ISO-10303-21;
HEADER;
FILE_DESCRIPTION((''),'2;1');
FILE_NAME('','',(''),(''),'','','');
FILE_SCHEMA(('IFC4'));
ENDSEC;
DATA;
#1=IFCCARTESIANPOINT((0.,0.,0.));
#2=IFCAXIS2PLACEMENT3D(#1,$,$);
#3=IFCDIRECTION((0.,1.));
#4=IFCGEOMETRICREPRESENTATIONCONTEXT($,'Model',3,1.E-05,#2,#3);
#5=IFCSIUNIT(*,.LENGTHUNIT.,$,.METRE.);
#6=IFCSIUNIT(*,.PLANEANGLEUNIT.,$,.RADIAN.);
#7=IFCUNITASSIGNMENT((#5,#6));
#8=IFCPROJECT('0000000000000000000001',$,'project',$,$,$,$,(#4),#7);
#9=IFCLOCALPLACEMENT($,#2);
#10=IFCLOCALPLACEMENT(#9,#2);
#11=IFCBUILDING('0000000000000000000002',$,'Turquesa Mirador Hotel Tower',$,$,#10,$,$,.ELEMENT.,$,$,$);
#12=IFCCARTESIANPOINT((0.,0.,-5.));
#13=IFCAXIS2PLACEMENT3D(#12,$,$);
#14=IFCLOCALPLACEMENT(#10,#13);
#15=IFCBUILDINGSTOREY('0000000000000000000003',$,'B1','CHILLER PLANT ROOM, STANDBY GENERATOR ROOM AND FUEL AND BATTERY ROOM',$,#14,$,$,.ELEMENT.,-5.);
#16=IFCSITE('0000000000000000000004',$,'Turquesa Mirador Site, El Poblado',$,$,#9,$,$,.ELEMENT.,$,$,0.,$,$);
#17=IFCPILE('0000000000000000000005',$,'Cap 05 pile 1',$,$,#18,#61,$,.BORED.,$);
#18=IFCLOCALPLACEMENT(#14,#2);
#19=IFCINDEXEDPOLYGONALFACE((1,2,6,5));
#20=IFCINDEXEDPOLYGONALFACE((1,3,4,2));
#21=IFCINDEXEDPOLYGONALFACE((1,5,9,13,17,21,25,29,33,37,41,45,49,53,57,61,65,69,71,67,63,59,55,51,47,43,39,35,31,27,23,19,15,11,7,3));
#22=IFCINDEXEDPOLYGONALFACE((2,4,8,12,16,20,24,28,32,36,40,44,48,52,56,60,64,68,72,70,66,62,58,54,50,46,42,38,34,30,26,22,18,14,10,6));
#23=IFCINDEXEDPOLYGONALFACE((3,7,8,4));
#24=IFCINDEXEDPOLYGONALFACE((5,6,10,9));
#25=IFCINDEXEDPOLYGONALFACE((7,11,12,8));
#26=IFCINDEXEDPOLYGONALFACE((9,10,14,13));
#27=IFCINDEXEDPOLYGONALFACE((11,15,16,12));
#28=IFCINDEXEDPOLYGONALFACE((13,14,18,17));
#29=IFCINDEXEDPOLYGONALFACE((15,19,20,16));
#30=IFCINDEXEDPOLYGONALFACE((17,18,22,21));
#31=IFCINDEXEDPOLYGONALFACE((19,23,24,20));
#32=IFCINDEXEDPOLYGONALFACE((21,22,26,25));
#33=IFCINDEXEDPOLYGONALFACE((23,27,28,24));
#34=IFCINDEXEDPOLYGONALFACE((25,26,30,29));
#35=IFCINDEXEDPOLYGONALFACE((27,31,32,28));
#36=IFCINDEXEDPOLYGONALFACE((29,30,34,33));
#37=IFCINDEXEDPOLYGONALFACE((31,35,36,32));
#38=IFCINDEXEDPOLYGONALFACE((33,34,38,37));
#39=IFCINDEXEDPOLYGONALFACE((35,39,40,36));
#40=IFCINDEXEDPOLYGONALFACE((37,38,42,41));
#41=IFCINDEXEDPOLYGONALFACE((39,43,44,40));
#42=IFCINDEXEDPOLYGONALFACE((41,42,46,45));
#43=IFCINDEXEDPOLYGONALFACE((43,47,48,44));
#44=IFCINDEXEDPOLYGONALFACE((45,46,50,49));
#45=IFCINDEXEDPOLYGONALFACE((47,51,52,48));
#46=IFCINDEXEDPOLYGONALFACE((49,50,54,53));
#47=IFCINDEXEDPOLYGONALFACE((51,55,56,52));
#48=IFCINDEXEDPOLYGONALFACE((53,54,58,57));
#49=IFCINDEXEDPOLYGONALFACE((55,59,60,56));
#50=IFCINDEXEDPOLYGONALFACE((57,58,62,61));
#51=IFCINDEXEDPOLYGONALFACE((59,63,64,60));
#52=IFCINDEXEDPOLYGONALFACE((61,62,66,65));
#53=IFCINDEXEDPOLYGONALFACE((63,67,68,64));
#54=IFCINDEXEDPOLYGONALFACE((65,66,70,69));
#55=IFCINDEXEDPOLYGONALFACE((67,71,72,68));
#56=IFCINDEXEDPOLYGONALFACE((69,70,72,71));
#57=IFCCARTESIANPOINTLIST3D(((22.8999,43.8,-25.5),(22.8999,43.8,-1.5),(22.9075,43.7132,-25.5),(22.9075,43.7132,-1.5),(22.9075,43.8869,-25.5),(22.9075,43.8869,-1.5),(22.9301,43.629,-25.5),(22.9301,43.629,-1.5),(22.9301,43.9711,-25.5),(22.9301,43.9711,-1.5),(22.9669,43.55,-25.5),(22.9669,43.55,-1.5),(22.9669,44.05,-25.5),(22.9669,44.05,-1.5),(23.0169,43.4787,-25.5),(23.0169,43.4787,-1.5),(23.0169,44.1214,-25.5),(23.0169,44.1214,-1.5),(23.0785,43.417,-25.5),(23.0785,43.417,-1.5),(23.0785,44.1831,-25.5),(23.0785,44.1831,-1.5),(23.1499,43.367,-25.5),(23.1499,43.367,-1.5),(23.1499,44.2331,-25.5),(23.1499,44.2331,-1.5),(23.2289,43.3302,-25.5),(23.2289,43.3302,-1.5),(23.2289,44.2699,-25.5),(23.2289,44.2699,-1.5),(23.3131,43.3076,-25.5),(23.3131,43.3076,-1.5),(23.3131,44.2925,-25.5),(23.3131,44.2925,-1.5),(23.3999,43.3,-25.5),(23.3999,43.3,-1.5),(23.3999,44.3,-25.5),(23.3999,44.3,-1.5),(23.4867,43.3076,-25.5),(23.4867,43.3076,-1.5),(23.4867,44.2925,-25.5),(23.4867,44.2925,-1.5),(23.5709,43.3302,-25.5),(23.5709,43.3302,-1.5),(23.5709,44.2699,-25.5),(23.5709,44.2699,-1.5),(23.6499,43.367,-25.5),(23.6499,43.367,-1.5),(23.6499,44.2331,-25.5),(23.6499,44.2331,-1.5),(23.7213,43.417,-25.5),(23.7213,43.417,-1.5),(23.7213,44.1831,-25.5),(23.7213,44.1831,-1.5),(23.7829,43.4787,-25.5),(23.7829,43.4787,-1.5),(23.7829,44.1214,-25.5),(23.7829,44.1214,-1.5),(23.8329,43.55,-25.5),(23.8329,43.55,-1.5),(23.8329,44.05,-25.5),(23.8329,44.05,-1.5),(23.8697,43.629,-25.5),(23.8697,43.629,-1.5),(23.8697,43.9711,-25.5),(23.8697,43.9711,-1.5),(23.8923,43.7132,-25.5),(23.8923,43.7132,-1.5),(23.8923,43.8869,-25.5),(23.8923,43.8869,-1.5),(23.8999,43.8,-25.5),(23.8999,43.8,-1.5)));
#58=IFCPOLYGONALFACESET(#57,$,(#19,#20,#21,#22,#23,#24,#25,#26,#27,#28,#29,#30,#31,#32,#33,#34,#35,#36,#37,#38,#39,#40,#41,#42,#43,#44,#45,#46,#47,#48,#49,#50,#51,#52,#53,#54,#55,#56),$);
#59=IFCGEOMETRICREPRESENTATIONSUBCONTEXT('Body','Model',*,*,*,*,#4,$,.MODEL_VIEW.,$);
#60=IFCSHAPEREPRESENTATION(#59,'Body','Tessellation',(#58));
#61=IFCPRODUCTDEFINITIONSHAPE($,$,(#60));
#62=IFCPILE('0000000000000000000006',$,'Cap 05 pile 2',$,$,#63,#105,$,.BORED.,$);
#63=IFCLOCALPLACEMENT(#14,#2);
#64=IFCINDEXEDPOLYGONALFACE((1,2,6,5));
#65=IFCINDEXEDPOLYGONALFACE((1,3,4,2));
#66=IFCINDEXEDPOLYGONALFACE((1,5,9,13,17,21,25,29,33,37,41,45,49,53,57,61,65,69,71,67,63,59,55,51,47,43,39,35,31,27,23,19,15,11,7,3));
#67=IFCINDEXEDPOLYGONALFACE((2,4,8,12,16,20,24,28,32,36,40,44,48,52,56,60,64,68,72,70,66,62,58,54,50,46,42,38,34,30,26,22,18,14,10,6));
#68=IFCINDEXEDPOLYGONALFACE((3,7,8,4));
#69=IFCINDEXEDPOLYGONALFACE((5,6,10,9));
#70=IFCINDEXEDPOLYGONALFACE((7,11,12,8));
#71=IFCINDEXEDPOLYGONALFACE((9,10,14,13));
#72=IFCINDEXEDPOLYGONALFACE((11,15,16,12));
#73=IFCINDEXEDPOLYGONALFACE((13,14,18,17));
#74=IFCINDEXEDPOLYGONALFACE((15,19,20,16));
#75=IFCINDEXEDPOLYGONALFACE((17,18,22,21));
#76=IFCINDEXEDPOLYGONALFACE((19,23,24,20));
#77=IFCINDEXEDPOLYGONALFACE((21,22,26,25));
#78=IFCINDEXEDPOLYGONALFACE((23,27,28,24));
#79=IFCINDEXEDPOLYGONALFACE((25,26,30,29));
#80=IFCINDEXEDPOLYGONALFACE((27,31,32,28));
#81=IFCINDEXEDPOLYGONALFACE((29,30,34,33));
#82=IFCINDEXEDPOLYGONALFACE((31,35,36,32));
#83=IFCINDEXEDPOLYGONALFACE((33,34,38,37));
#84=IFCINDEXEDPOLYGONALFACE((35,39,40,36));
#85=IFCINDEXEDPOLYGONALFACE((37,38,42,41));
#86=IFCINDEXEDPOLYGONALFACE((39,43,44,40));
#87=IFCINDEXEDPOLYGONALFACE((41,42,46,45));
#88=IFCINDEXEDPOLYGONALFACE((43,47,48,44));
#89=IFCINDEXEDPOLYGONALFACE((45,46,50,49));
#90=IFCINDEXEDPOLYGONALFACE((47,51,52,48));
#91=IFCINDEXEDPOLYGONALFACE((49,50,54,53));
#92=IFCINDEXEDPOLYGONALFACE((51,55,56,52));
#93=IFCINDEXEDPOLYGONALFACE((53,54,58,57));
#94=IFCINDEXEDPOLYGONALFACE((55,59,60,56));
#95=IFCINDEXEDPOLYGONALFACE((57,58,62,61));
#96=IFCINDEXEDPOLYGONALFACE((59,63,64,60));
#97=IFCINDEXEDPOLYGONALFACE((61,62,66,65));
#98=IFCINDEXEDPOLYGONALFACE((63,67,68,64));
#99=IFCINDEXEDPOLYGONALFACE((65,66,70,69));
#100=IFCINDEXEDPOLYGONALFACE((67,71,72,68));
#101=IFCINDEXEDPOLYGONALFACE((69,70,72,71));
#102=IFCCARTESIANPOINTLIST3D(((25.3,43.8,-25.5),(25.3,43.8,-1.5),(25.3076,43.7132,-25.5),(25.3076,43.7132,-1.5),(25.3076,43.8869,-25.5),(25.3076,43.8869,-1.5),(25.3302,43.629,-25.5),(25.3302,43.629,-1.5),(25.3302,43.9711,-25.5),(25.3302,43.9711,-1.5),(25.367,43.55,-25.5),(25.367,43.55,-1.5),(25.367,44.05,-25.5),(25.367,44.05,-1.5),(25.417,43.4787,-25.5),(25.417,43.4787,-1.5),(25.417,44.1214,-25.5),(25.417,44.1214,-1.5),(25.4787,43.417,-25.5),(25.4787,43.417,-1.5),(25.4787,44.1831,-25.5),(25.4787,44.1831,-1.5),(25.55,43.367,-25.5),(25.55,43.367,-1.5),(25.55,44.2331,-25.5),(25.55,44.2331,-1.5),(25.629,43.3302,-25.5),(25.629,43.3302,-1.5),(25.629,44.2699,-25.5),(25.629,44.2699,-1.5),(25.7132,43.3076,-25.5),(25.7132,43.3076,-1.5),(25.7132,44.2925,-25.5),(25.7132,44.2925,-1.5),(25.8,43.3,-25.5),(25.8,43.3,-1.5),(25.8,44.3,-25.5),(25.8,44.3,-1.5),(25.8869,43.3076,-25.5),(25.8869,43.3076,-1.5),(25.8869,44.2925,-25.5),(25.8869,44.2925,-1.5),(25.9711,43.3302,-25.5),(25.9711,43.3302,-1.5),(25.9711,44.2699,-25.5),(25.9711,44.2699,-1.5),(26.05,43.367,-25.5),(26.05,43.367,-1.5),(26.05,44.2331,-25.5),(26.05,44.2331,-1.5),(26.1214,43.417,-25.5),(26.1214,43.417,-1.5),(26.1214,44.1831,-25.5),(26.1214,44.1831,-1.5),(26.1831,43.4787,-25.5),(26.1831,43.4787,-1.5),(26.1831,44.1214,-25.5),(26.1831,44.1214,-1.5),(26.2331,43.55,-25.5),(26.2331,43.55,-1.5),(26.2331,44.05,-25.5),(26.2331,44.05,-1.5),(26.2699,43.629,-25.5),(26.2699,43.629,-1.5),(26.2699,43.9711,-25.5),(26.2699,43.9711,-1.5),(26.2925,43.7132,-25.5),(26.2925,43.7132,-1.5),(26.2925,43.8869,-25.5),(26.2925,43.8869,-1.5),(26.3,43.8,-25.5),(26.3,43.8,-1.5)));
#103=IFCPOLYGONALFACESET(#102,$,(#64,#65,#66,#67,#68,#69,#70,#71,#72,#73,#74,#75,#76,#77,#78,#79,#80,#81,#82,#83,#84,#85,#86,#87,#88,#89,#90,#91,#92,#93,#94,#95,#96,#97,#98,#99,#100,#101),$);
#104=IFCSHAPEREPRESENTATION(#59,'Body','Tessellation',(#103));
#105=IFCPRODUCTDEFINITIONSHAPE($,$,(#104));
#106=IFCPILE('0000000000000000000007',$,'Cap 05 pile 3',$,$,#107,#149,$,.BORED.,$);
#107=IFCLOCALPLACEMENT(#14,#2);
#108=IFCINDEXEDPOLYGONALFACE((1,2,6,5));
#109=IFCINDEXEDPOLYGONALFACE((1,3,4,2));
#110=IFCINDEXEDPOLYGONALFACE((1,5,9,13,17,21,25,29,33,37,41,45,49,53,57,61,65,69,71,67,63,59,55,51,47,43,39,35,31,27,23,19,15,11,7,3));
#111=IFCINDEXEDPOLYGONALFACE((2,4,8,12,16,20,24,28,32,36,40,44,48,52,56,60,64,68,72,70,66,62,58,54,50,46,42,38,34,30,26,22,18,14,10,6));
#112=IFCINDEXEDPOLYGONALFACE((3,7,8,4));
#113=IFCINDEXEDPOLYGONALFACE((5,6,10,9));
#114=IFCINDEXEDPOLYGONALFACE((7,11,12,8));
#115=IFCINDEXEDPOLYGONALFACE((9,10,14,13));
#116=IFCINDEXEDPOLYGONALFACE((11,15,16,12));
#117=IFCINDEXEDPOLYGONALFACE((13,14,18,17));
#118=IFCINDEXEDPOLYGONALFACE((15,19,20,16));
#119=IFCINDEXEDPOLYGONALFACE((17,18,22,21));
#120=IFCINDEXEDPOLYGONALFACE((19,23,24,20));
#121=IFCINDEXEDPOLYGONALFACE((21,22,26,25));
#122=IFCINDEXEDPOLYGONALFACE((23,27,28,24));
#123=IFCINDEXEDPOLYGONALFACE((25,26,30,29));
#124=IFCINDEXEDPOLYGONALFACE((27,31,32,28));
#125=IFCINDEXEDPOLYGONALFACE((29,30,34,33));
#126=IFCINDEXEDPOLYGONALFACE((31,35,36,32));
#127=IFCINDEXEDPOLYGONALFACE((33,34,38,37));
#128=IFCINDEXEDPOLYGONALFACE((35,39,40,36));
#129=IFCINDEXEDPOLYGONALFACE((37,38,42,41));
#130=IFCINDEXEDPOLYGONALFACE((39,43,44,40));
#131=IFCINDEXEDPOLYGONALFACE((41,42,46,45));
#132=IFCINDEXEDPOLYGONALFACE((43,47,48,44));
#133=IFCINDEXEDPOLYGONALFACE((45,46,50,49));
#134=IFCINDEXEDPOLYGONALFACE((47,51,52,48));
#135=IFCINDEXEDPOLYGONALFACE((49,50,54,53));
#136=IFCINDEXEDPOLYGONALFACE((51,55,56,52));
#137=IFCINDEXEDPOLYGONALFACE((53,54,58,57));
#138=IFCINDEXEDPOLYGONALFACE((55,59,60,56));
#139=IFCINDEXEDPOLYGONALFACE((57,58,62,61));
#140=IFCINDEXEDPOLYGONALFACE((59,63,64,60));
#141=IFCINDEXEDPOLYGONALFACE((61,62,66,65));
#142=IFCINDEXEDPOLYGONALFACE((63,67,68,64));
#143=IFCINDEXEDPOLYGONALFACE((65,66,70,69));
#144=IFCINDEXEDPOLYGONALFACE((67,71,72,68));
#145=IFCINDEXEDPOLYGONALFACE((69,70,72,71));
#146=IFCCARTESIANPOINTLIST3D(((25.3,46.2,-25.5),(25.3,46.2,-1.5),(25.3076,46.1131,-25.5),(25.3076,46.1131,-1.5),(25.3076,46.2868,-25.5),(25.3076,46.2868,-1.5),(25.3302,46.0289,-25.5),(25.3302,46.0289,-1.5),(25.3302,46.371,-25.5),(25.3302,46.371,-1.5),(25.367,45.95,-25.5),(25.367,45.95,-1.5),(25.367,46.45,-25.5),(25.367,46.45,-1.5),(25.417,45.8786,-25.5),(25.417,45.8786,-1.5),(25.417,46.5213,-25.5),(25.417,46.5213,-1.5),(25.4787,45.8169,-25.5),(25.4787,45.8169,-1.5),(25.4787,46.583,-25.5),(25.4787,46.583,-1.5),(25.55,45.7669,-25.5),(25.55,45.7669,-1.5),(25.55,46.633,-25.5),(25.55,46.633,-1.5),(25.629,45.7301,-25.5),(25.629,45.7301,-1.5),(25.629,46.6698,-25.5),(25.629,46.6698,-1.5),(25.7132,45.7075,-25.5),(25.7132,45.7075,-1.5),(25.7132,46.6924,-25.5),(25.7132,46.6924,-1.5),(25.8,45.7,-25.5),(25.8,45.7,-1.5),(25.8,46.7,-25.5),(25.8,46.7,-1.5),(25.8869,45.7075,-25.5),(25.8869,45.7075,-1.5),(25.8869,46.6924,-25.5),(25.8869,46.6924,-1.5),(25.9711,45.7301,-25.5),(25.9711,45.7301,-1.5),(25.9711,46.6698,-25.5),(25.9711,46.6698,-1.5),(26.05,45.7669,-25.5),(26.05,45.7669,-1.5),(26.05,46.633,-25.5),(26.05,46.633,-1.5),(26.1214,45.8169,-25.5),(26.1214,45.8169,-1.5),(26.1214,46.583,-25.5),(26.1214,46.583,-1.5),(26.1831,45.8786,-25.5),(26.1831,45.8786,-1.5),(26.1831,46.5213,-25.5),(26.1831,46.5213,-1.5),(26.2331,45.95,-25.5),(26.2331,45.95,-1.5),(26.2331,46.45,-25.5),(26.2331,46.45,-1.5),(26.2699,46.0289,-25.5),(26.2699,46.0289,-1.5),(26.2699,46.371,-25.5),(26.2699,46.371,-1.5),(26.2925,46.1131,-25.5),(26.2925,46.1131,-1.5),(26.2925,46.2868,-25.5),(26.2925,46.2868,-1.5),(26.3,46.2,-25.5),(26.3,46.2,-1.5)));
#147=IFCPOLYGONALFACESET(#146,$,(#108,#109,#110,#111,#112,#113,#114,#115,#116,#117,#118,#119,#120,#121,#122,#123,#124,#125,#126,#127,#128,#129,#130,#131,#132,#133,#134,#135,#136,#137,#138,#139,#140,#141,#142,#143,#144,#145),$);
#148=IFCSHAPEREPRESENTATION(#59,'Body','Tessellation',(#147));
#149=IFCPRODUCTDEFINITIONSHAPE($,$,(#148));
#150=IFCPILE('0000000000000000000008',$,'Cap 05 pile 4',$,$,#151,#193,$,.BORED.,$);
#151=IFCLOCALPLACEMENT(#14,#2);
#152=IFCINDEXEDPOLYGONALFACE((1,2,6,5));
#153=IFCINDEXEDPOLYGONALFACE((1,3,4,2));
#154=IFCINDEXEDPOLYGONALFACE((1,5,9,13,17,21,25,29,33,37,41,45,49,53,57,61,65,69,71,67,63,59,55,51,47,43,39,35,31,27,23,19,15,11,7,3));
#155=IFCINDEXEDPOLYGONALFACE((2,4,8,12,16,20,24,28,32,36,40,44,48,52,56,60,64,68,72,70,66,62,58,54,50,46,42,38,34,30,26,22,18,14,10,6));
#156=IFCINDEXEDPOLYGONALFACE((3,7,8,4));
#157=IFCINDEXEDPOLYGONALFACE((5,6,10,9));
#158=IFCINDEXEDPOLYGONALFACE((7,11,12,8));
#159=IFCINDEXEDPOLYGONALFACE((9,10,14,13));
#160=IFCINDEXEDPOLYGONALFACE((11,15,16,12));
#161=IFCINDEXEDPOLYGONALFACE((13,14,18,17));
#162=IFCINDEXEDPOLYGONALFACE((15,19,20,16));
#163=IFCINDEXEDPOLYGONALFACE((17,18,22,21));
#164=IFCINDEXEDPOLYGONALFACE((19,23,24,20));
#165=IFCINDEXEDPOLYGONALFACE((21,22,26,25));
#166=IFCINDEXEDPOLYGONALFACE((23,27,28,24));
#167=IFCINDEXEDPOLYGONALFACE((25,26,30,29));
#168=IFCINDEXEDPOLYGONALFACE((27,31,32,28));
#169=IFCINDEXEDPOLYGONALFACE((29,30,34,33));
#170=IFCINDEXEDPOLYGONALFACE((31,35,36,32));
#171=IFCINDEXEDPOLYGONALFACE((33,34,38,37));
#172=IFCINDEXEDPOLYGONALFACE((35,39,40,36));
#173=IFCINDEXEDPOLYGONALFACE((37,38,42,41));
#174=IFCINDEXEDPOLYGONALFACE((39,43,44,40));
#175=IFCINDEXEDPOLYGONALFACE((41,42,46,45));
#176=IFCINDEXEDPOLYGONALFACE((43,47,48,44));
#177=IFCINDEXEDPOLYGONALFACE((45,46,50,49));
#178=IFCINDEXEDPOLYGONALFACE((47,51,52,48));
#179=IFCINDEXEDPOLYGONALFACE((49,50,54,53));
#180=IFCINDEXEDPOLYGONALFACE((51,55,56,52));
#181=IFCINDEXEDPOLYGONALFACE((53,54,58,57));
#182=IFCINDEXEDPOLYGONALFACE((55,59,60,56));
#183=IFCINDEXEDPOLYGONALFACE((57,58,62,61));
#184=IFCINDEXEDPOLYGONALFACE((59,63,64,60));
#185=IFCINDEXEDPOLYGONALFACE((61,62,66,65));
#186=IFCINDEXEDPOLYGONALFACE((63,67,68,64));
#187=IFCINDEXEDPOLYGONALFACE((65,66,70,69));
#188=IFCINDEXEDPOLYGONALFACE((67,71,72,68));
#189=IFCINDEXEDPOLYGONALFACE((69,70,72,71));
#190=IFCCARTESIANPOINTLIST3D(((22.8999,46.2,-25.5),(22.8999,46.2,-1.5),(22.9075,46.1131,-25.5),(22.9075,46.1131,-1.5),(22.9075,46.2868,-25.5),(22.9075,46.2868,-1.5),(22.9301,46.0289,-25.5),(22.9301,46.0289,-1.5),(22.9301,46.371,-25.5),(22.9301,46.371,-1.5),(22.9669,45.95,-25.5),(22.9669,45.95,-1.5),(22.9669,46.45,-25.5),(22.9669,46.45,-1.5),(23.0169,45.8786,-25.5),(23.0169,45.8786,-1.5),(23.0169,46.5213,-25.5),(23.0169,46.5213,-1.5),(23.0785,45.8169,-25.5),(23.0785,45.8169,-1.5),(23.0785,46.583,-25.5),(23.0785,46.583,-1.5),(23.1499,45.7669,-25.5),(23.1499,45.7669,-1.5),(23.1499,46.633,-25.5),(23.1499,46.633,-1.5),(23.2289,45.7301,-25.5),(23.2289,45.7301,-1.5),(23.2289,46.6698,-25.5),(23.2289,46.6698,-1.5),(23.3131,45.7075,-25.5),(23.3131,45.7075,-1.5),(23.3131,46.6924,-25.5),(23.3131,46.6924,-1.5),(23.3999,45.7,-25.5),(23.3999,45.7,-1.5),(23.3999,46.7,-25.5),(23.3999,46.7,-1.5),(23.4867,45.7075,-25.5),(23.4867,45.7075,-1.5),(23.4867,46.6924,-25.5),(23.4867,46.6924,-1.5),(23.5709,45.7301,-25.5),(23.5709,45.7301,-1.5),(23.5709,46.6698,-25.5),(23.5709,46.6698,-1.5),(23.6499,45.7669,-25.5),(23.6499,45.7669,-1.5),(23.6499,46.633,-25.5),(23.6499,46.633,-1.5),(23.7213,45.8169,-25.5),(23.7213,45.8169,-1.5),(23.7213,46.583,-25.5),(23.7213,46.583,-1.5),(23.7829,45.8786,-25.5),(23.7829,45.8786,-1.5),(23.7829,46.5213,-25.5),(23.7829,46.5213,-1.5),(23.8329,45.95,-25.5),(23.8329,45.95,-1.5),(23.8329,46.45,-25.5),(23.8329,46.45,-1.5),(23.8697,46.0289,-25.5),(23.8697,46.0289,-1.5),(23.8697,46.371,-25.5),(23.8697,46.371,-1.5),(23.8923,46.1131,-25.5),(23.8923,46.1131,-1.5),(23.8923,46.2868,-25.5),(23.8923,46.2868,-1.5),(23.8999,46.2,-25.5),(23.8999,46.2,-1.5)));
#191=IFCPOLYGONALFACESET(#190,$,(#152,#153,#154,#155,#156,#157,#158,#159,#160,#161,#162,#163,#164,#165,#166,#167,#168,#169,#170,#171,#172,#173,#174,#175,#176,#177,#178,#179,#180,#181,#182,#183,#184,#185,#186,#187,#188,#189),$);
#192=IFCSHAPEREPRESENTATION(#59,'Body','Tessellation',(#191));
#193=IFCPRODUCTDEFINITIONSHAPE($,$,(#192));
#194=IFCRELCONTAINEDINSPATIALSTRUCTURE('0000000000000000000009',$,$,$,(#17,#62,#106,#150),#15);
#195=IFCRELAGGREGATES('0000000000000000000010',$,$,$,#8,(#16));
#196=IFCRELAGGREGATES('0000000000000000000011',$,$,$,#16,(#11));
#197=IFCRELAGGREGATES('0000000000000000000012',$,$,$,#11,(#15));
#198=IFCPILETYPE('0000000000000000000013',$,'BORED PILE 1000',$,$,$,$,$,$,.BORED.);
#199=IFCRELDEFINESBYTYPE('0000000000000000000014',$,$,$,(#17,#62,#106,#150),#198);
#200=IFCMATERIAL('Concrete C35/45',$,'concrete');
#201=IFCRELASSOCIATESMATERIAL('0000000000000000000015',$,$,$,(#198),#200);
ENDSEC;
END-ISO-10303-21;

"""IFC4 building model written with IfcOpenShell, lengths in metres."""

from ifc_helpers import new_model, si_unit, direction, frame, origin, origin_2d, place, context, subcontext, project, spatial, circle, extrude, material, type_object, element, save


model = new_model("IFC4")

# Units and contexts
model_context = context("Model", 3, precision=1e-05, world=origin(), true_north=direction((0.0, 1.0)))
body_context = subcontext(model_context, "Body", "Model", "MODEL_VIEW")
ifc_project = project(units=[si_unit("LENGTHUNIT", "METRE"), si_unit("PLANEANGLEUNIT", "RADIAN")], contexts=[model_context])

# Site, building, storey
site_placement = place(None, origin())
site = spatial("IfcSite", under=ifc_project, at=site_placement, Name="Turquesa Mirador Site, El Poblado", CompositionType="ELEMENT", RefElevation=0.0)
building_placement = place(site_placement, origin())
building = spatial("IfcBuilding", under=site, at=building_placement, Name="Turquesa Mirador Hotel Tower", CompositionType="ELEMENT")
storey_placement = place(building_placement, frame((0.0, 0.0, -5.0)))
storey = spatial("IfcBuildingStorey", under=building, at=storey_placement, Name="B1", Description="CHILLER PLANT ROOM, STANDBY GENERATOR ROOM AND FUEL AND BATTERY ROOM", CompositionType="ELEMENT", Elevation=-5.0)

# Piles
ifc_material_1 = material(Name="Concrete C35/45", Category="concrete")
pile_type_1 = type_object("IfcPileType", Name="BORED PILE 1000", PredefinedType="BORED", material=ifc_material_1)
for number, where, z_axis, x_axis, name in (
    (1, (23.3999, 43.8, -1.5), (0.0, 0.0, -1.0), (1.0, 0.0, 0.0), "Cap 05 pile 1"),
    (2, (25.8, 43.8, -1.5), (0.0, 0.0, -1.0), (1.0, 0.0, 0.0), "Cap 05 pile 2"),
    (3, (25.8, 46.2, -1.5), (0.0, 0.0, -1.0), (1.0, 0.0, 0.0), "Cap 05 pile 3"),
    (4, (23.3999, 46.2, -1.5), (0.0, 0.0, -1.0), (1.0, 0.0, 0.0), "Cap 05 pile 4"),
):
    element("IfcPile", number, at=place(storey_placement, frame(where, z_axis=z_axis, x_axis=x_axis)), inside=storey, type_object=pile_type_1, Name=name, PredefinedType="BORED", context=body_context, shape_type="SweptSolid", body=[
        extrude(circle(Radius=0.5, at=origin_2d()), origin(), (0.0, 0.0, 1.0), 24.0),
    ])

save(model, "model.ifc")
